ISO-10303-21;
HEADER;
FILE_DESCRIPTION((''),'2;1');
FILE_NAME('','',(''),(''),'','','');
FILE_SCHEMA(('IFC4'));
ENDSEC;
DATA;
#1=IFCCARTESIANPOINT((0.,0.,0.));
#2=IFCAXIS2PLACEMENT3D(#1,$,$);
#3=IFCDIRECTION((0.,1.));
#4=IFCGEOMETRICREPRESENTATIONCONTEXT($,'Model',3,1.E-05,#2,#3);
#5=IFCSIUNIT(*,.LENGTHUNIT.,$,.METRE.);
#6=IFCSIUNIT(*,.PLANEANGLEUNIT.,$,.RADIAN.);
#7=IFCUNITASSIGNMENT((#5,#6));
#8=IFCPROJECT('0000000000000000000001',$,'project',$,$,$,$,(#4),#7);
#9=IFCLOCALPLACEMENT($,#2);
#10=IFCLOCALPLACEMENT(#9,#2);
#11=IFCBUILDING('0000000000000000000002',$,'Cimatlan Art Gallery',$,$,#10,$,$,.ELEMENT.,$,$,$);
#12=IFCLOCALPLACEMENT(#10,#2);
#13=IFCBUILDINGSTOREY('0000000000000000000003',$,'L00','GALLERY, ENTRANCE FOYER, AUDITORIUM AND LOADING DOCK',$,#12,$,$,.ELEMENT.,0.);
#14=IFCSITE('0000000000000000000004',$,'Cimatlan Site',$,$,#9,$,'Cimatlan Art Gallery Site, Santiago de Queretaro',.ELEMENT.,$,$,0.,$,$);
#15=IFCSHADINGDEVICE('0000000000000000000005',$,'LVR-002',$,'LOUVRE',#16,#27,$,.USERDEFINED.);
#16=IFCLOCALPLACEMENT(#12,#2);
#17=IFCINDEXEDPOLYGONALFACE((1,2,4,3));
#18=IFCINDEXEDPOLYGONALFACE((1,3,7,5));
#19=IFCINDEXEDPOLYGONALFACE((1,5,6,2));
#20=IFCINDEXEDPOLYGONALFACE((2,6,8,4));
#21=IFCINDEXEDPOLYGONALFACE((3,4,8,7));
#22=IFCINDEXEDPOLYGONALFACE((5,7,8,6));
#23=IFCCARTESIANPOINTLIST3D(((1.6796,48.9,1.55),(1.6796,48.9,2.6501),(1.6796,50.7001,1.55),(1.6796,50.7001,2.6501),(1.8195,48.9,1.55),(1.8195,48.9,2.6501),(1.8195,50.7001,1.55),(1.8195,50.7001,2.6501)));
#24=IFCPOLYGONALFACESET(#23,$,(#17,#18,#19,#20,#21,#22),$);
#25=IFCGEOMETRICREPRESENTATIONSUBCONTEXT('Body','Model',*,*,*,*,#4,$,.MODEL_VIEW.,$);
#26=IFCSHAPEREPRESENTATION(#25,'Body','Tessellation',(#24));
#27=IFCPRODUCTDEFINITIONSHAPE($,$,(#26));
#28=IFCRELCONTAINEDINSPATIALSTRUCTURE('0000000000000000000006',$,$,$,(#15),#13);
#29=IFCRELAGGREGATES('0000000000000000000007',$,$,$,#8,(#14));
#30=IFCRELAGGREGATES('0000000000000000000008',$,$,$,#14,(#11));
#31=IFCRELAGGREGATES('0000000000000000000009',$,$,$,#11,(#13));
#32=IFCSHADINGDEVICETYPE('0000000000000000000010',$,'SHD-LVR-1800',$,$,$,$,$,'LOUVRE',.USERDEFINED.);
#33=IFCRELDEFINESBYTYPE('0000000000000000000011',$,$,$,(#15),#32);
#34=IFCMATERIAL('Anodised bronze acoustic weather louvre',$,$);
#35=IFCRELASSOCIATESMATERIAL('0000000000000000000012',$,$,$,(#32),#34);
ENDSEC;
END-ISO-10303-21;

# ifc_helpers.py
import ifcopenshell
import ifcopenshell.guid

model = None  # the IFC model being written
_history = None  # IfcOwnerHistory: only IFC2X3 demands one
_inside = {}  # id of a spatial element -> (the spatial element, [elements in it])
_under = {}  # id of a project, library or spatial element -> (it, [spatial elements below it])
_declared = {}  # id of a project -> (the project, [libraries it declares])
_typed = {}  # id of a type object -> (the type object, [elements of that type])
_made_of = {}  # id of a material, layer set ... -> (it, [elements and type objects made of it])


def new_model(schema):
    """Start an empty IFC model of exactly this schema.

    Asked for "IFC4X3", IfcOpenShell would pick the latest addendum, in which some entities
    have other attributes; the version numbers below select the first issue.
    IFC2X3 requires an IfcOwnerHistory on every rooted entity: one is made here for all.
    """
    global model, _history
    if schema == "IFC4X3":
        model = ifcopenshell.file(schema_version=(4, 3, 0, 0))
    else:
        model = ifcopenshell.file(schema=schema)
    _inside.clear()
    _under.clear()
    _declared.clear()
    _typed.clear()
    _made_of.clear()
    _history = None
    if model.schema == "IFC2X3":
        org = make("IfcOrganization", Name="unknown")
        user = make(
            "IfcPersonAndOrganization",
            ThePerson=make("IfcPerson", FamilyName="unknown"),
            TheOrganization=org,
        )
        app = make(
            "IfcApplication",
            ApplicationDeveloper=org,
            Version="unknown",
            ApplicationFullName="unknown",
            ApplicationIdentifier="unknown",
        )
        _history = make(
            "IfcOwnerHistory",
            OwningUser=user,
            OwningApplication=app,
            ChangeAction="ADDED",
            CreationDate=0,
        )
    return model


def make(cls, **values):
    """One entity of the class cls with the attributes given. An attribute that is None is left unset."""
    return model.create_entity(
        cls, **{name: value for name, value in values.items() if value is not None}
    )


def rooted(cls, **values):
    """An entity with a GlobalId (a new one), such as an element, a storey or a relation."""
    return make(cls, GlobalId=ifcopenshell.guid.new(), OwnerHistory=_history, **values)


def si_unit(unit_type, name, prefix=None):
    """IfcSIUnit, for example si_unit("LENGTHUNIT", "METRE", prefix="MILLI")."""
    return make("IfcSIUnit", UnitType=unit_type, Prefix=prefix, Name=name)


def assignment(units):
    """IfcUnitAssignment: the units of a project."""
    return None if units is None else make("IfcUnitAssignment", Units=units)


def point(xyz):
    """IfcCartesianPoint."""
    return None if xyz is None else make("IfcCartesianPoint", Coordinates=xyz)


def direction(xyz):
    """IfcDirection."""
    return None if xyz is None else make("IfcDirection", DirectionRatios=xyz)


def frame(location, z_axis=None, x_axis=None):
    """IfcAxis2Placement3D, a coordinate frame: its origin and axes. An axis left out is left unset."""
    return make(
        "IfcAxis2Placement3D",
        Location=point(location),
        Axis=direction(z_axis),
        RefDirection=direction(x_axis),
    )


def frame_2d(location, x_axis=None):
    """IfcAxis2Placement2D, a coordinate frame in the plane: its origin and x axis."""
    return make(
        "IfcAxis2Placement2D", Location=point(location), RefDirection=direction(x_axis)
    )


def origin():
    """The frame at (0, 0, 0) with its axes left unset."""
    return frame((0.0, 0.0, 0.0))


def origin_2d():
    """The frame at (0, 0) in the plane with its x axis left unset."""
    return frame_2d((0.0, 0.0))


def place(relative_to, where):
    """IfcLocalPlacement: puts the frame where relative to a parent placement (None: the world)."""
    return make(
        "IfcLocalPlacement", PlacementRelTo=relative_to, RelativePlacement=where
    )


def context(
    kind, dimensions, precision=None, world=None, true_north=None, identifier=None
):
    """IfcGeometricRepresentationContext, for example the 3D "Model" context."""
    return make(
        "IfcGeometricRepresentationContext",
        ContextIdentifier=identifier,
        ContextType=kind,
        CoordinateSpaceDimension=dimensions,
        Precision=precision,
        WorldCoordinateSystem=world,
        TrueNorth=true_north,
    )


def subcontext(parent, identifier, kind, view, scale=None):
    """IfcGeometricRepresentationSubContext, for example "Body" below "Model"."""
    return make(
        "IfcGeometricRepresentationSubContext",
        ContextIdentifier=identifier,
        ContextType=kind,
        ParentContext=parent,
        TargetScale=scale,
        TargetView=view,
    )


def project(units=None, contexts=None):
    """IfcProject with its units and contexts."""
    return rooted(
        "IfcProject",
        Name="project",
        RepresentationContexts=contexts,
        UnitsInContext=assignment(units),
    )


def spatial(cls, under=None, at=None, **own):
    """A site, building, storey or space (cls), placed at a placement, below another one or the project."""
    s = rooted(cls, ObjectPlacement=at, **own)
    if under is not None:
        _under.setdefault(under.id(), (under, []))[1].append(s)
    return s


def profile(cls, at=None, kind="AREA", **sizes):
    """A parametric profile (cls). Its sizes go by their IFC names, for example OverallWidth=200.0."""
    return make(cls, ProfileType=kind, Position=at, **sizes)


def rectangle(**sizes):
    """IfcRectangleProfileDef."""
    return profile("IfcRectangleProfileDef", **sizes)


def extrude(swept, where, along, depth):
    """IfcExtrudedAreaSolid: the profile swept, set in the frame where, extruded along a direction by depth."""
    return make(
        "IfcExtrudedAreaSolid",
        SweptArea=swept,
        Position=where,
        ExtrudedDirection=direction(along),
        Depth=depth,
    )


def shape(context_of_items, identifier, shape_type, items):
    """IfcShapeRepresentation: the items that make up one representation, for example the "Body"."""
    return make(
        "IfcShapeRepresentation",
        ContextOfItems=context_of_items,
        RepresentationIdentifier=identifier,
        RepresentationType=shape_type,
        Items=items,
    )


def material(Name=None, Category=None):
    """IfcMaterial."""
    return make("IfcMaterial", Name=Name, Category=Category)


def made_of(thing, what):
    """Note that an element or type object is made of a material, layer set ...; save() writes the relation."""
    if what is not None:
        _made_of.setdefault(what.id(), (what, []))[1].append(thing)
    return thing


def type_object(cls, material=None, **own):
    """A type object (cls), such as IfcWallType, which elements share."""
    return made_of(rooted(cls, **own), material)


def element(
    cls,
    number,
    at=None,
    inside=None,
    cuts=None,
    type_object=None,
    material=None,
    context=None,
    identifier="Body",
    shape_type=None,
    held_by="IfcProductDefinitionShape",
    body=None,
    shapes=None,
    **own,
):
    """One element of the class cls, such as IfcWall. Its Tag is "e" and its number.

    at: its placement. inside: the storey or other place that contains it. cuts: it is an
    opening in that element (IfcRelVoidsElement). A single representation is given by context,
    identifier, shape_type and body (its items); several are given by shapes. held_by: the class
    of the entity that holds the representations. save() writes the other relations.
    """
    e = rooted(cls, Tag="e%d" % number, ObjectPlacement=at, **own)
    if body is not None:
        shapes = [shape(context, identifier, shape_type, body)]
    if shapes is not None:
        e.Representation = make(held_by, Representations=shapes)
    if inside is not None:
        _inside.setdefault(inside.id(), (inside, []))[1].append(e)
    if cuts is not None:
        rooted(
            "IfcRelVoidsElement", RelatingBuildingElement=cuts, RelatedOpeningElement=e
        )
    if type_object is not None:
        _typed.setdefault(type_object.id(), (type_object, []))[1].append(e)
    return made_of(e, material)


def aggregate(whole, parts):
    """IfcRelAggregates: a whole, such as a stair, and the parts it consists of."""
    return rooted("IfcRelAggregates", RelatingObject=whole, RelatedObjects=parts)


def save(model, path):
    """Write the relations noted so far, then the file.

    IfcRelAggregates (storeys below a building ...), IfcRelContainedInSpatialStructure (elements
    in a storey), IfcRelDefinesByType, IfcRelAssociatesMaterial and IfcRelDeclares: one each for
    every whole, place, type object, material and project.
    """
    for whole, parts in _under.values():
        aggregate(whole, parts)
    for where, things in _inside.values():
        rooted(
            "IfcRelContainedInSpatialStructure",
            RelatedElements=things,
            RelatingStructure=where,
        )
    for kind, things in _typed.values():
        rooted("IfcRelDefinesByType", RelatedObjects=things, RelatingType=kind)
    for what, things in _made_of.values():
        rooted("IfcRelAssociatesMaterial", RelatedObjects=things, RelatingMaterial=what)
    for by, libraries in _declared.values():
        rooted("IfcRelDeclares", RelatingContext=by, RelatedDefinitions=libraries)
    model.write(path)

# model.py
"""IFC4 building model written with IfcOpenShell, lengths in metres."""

from ifc_helpers import new_model, si_unit, direction, frame, origin, origin_2d, place, context, subcontext, project, spatial, rectangle, extrude, material, type_object, element, save


model = new_model("IFC4")

# Units and contexts
model_context = context("Model", 3, precision=1e-05, world=origin(), true_north=direction((0.0, 1.0)))
body_context = subcontext(model_context, "Body", "Model", "MODEL_VIEW")
ifc_project = project(units=[si_unit("LENGTHUNIT", "METRE"), si_unit("PLANEANGLEUNIT", "RADIAN")], contexts=[model_context])

# Site, building, storey
site_placement = place(None, origin())
site = spatial("IfcSite", under=ifc_project, at=site_placement, Name="Cimatlan Site", LongName="Cimatlan Art Gallery Site, Santiago de Queretaro", CompositionType="ELEMENT", RefElevation=0.0)
building_placement = place(site_placement, origin())
building = spatial("IfcBuilding", under=site, at=building_placement, Name="Cimatlan Art Gallery", CompositionType="ELEMENT")
storey_placement = place(building_placement, origin())
storey = spatial("IfcBuildingStorey", under=building, at=storey_placement, Name="L00", Description="GALLERY, ENTRANCE FOYER, AUDITORIUM AND LOADING DOCK", CompositionType="ELEMENT", Elevation=0.0)

# Shading device
ifc_material_1 = material(Name="Anodised bronze acoustic weather louvre")
shading_device_type_1 = type_object("IfcShadingDeviceType", Name="SHD-LVR-1800", ElementType="LOUVRE", PredefinedType="USERDEFINED", material=ifc_material_1)
shading_device_placement = place(storey_placement, frame((1.7495, 49.8, 1.55), z_axis=(0.0, 0.0, 1.0), x_axis=(0.0, 1.0, 0.0)))
element("IfcShadingDevice", 1, at=shading_device_placement, inside=storey, type_object=shading_device_type_1, Name="LVR-002", ObjectType="LOUVRE", PredefinedType="USERDEFINED", context=body_context, shape_type="SweptSolid", body=[
    extrude(rectangle(XDim=1.8, YDim=0.1399, at=origin_2d()), origin(), (0.0, 0.0, 1.0), 1.1001),
])

save(model, "model.ifc")
